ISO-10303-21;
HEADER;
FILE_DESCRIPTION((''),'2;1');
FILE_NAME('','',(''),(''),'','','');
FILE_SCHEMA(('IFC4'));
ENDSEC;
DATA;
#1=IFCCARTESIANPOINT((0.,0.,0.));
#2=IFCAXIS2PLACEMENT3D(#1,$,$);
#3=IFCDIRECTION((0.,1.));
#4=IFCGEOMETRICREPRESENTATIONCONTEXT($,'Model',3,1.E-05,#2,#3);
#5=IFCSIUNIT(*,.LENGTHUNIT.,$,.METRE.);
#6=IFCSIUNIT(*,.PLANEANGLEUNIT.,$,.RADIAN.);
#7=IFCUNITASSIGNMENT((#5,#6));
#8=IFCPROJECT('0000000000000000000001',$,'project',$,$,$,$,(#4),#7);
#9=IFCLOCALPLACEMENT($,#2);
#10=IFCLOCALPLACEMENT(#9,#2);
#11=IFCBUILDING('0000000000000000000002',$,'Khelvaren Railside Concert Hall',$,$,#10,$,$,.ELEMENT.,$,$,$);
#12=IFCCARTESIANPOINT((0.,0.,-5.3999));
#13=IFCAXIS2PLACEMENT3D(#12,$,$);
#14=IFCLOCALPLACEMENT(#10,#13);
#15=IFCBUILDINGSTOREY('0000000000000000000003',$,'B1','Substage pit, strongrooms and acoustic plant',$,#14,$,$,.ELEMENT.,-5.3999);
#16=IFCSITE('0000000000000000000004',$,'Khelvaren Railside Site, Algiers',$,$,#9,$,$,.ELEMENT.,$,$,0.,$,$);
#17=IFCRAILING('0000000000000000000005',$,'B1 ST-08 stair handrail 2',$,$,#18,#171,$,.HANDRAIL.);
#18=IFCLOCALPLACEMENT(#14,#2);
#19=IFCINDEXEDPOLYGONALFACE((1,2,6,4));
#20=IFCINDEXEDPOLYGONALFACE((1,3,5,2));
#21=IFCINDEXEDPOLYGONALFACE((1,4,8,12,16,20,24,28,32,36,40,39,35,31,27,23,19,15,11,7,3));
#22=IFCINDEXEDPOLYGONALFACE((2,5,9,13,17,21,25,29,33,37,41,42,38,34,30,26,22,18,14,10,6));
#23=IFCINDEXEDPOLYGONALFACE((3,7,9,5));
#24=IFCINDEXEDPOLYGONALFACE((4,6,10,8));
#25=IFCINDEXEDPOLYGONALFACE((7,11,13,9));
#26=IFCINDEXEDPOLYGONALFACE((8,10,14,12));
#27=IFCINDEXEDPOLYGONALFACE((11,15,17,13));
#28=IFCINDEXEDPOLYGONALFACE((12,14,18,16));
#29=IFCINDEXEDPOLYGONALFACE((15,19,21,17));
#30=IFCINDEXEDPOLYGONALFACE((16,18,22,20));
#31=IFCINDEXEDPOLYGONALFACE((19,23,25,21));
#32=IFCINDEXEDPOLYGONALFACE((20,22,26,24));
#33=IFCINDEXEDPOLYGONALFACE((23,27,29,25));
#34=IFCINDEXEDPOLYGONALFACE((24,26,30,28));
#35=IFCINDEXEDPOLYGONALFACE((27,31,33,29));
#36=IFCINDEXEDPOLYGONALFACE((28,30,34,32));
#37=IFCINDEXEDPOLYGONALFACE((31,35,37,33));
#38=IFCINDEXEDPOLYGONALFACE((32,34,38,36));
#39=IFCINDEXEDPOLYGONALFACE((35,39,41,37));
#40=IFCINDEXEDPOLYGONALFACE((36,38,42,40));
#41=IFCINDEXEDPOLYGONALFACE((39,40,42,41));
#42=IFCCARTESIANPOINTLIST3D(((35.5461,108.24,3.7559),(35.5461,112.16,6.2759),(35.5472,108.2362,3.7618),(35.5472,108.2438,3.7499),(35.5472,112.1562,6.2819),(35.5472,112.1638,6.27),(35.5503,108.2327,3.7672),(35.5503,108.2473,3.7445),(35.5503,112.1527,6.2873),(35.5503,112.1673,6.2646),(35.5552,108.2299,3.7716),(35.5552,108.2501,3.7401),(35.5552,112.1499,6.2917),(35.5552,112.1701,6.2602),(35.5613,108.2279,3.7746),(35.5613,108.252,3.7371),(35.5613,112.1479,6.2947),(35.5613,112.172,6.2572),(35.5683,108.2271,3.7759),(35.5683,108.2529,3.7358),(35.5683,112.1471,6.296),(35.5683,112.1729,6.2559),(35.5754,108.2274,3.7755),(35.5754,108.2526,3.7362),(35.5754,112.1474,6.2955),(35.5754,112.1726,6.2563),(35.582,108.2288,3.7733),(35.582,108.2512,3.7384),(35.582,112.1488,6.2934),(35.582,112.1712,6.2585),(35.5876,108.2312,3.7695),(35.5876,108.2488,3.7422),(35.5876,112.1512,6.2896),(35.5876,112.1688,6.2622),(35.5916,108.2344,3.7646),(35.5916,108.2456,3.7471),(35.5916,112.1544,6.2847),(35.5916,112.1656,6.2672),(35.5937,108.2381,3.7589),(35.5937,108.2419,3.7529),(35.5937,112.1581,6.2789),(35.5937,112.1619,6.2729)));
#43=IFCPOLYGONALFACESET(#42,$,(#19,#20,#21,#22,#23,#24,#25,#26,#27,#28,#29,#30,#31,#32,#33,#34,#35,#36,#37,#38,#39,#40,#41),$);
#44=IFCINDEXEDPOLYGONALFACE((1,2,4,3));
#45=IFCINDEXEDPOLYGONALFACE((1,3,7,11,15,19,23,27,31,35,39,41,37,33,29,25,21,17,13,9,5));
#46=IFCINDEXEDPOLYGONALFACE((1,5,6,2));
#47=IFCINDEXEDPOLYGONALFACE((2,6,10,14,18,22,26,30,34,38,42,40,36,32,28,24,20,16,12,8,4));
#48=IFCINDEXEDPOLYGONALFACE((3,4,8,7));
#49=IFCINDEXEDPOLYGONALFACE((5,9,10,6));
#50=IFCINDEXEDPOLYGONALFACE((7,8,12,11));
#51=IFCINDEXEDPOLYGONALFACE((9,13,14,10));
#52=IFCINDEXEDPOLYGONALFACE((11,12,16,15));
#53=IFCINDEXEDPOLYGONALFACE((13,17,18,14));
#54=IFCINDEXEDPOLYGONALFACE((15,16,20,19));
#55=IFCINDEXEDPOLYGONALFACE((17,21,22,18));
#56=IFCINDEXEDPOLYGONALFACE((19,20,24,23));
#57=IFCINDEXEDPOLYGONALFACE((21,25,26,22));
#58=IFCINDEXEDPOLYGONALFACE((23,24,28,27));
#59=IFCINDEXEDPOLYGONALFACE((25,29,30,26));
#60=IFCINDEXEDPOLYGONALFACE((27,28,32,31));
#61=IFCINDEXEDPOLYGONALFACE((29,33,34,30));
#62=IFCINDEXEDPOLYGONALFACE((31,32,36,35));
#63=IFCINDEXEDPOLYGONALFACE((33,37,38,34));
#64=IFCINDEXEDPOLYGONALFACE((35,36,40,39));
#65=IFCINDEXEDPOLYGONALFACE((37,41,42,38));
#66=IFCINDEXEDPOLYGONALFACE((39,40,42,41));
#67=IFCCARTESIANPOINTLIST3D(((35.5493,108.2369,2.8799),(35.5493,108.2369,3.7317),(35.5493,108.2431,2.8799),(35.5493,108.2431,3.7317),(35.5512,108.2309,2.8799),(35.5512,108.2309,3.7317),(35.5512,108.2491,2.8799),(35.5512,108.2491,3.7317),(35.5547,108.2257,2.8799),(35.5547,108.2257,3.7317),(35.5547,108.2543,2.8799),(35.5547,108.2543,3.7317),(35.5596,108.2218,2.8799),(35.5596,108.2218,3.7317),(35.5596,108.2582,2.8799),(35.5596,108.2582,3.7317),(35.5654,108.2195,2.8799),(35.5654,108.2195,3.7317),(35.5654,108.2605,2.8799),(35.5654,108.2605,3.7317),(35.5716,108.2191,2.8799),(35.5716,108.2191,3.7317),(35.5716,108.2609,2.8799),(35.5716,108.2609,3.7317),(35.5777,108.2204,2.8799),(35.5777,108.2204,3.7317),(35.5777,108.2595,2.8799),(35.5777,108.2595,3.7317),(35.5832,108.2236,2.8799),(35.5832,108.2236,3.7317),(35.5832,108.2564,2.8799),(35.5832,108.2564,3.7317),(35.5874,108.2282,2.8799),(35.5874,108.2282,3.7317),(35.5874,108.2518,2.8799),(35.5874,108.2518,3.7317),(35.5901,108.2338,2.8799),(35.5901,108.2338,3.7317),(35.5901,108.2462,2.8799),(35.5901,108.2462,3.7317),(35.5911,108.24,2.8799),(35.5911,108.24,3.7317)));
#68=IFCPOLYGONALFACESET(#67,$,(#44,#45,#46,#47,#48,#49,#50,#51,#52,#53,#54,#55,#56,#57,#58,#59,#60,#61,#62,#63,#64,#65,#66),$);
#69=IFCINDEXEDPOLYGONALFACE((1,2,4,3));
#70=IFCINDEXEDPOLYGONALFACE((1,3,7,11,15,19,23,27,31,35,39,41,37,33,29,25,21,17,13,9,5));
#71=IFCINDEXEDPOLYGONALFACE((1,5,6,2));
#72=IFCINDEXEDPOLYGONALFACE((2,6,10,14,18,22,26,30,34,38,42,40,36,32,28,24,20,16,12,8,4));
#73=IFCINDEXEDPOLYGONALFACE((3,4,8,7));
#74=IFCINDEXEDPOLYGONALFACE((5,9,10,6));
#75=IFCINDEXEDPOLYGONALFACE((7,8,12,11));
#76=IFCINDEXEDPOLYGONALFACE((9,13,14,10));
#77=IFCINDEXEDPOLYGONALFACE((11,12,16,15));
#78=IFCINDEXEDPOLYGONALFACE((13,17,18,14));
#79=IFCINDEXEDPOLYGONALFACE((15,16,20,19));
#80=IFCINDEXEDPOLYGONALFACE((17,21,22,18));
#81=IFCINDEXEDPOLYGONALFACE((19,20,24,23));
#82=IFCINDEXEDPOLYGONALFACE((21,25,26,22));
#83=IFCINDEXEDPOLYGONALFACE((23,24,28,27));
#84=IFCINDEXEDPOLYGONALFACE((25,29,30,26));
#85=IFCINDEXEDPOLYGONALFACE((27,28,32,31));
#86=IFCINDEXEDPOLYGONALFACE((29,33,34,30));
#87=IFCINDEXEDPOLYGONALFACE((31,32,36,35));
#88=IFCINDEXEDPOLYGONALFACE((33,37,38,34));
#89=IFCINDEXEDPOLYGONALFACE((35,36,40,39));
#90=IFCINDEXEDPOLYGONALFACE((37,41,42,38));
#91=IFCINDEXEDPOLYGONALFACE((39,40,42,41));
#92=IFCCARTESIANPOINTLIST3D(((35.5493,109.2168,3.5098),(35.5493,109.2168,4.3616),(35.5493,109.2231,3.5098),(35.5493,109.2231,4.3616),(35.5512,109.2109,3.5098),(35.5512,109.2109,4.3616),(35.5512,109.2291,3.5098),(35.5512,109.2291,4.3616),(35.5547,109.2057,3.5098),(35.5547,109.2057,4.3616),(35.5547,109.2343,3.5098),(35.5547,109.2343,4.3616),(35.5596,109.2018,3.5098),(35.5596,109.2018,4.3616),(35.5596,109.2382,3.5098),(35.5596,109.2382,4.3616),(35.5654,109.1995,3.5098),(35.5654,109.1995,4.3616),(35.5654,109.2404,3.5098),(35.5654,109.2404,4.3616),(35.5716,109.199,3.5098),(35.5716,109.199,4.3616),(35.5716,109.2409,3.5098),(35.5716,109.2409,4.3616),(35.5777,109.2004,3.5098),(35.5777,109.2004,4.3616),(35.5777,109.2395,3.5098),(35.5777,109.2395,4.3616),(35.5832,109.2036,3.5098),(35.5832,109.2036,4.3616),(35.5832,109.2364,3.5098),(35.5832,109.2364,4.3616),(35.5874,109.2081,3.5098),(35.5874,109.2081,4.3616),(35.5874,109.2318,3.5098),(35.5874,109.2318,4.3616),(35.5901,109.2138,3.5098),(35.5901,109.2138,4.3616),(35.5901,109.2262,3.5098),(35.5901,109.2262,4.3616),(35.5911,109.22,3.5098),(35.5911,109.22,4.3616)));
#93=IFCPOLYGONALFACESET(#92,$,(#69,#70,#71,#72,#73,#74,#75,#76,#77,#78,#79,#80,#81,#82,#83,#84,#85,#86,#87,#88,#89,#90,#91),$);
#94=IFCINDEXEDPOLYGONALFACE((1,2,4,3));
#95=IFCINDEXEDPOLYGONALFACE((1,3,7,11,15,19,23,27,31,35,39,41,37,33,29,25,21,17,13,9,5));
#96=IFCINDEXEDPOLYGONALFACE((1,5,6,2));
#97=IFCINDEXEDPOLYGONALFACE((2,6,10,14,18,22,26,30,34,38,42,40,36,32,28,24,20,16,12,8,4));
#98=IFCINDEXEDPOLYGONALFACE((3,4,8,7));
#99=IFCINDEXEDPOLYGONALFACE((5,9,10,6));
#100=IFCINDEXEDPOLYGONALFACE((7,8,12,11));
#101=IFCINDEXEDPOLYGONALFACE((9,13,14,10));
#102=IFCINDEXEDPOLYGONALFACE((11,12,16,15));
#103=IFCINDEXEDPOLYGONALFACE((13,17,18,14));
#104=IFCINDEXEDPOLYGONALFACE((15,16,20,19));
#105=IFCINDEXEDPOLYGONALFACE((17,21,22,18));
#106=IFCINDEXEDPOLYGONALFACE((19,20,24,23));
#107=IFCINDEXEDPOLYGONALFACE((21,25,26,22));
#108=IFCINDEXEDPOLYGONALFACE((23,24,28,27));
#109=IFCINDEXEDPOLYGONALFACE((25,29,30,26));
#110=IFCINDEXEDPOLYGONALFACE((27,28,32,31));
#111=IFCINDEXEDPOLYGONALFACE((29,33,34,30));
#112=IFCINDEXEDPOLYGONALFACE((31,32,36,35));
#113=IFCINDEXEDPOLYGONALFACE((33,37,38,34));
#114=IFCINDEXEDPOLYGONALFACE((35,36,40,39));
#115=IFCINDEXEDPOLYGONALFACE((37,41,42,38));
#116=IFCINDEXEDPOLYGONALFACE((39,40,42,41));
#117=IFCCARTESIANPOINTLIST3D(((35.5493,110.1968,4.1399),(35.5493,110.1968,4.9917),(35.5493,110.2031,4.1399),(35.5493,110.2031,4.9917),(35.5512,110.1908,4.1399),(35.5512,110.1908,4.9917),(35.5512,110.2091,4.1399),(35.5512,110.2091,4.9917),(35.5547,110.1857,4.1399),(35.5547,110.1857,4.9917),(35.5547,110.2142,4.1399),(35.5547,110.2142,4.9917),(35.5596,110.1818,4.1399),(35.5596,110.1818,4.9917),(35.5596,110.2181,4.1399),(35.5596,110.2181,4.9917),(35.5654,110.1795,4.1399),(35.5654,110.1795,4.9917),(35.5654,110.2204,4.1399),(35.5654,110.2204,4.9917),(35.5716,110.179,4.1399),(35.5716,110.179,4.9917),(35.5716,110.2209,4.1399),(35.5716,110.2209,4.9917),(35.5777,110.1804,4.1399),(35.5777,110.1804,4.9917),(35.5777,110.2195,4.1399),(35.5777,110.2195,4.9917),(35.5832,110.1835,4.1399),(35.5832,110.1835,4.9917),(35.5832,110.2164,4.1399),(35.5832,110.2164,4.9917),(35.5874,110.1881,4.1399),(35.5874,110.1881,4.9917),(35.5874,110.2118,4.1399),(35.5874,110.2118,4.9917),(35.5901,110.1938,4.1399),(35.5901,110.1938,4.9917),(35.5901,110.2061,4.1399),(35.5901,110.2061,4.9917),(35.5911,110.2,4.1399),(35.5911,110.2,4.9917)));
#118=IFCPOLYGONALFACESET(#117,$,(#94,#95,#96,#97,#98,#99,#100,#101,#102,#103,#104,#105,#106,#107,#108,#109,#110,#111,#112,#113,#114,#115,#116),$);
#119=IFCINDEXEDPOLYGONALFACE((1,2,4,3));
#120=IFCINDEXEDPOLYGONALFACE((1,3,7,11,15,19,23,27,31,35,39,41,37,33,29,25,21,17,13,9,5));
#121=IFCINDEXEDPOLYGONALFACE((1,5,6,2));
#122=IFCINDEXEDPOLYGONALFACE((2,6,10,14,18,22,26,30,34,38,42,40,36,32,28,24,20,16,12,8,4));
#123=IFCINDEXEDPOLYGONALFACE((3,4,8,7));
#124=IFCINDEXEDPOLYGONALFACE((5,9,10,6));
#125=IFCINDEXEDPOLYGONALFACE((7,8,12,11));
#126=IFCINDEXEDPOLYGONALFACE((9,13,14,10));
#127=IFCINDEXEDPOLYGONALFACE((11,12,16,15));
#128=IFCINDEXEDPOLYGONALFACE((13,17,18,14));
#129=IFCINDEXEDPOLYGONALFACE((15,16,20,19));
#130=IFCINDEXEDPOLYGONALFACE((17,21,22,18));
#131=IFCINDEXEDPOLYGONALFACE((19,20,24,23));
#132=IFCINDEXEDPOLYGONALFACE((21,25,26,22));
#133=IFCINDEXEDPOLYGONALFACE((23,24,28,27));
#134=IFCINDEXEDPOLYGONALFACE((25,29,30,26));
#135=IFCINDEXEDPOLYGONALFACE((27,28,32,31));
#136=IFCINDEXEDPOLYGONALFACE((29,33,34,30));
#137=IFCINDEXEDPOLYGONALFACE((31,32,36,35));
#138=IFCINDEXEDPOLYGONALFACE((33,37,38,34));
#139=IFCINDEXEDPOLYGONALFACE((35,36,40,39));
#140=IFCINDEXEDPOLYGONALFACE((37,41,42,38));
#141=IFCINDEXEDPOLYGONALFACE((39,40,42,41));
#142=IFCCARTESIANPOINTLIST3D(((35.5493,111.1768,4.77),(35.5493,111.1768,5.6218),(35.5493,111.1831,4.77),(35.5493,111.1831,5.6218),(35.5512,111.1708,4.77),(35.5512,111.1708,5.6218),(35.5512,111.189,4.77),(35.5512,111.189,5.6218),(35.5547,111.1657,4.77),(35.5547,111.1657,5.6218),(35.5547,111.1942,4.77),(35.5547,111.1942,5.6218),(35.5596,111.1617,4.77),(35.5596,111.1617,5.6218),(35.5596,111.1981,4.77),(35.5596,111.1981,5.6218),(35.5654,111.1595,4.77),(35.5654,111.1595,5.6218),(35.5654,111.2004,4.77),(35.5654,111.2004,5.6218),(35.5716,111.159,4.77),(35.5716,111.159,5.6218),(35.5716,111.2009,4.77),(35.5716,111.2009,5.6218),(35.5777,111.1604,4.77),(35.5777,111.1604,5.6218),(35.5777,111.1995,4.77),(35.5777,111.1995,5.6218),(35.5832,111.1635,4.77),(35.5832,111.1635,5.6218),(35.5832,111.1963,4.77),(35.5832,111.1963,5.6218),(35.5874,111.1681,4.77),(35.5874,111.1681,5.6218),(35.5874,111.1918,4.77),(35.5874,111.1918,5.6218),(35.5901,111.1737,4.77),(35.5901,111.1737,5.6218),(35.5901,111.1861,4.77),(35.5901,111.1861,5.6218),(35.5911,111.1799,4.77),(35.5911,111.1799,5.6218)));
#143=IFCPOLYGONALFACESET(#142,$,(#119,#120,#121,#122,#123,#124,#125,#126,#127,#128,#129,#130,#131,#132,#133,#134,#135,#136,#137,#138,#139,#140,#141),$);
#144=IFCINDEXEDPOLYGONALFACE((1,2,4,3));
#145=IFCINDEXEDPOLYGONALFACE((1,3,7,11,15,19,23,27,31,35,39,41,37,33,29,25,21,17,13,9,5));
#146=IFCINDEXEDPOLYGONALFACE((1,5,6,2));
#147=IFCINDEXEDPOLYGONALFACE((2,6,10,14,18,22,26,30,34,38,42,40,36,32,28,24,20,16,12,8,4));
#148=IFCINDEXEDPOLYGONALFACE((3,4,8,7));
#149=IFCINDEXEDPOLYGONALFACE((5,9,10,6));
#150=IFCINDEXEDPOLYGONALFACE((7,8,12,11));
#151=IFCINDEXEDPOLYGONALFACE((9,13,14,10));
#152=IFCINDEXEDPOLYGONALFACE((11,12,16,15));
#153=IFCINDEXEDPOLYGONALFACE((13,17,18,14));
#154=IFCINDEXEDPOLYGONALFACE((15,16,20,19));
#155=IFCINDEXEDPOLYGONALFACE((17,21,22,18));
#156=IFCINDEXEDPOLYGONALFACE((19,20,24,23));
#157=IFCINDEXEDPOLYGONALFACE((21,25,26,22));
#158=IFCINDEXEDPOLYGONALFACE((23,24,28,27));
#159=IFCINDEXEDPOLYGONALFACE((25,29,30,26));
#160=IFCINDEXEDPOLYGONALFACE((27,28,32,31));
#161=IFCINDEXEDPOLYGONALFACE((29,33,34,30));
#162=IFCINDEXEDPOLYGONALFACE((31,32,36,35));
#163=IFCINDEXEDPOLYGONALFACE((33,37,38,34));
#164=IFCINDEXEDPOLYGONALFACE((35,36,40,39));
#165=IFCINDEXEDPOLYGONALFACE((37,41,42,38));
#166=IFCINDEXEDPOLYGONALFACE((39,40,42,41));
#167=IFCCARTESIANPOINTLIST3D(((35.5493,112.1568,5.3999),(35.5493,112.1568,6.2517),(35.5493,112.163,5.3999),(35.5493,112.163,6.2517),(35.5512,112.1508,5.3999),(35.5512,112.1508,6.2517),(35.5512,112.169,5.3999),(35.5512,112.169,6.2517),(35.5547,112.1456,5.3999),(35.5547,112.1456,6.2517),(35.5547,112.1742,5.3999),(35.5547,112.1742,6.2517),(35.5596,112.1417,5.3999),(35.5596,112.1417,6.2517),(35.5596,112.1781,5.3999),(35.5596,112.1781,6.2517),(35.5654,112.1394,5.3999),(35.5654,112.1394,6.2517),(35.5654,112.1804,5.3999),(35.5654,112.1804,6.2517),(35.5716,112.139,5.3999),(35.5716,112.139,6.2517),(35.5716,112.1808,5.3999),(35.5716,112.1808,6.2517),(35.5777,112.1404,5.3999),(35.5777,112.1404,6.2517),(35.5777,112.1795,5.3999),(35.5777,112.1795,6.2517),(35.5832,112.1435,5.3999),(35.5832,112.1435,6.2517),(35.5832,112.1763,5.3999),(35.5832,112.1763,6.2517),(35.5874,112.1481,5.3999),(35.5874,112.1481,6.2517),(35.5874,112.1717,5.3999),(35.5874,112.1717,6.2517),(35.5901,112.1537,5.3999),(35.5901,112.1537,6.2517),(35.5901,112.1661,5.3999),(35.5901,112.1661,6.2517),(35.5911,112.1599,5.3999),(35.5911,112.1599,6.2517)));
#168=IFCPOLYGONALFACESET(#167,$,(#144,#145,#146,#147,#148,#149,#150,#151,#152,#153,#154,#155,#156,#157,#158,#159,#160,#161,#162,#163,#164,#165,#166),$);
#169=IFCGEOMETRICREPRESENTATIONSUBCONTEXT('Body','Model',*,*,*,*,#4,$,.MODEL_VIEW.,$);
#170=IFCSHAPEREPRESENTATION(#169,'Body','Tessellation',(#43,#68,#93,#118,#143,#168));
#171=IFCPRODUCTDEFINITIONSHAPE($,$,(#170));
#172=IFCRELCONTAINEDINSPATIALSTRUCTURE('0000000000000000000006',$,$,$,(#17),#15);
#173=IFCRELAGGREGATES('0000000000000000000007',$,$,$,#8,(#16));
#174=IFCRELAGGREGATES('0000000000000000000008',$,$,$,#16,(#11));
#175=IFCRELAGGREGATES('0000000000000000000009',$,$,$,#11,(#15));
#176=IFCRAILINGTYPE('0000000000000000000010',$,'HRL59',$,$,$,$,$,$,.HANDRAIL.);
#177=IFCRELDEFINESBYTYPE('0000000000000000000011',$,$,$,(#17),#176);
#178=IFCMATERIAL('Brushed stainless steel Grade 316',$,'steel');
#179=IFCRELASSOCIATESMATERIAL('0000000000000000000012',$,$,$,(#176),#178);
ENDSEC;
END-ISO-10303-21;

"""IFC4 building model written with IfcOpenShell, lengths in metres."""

from ifc_helpers import new_model, si_unit, direction, frame, origin, origin_2d, place, context, subcontext, project, spatial, circle, extrude, material, type_object, element, save


model = new_model("IFC4")

# Units and contexts
model_context = context("Model", 3, precision=1e-05, world=origin(), true_north=direction((0.0, 1.0)))
body_context = subcontext(model_context, "Body", "Model", "MODEL_VIEW")
ifc_project = project(units=[si_unit("LENGTHUNIT", "METRE"), si_unit("PLANEANGLEUNIT", "RADIAN")], contexts=[model_context])

# Site, building, storey
site_placement = place(None, origin())
site = spatial("IfcSite", under=ifc_project, at=site_placement, Name="Khelvaren Railside Site, Algiers", CompositionType="ELEMENT", RefElevation=0.0)
building_placement = place(site_placement, origin())
building = spatial("IfcBuilding", under=site, at=building_placement, Name="Khelvaren Railside Concert Hall", CompositionType="ELEMENT")
storey_placement = place(building_placement, frame((0.0, 0.0, -5.3999)))
storey = spatial("IfcBuildingStorey", under=building, at=storey_placement, Name="B1", Description="Substage pit, strongrooms and acoustic plant", CompositionType="ELEMENT", Elevation=-5.3999)

# Railing
ifc_material_1 = material(Name="Brushed stainless steel Grade 316", Category="steel")
railing_type_1 = type_object("IfcRailingType", Name="HRL59", PredefinedType="HANDRAIL", material=ifc_material_1)
railing_1_placement = place(storey_placement, frame((35.5701, 108.24, 2.8799)))
element("IfcRailing", 1, at=railing_1_placement, inside=storey, type_object=railing_type_1, Name="B1 ST-08 stair handrail 2", PredefinedType="HANDRAIL", context=body_context, shape_type="SweptSolid", body=[
    extrude(circle(Radius=0.0239, at=origin_2d()), frame((0.0, 0.0, 0.876), z_axis=(0.0, 0.841172, 0.540768), x_axis=(-1.0, 0.0, 0.0)), (0.0, 0.0, 1.0), 4.6602),
    extrude(circle(Radius=0.021, at=origin_2d()), origin(), (0.0, 0.0, 1.0), 0.8518),
    extrude(circle(Radius=0.021, at=origin_2d()), frame((0.0, 0.98, 0.6299)), (0.0, 0.0, 1.0), 0.8518),
    extrude(circle(Radius=0.021, at=origin_2d()), frame((0.0, 1.96, 1.26)), (0.0, 0.0, 1.0), 0.8518),
    extrude(circle(Radius=0.021, at=origin_2d()), frame((0.0, 2.9399, 1.8901)), (0.0, 0.0, 1.0), 0.8518),
    extrude(circle(Radius=0.021, at=origin_2d()), frame((0.0, 3.9199, 2.52)), (0.0, 0.0, 1.0), 0.8518),
])

save(model, "model.ifc")
